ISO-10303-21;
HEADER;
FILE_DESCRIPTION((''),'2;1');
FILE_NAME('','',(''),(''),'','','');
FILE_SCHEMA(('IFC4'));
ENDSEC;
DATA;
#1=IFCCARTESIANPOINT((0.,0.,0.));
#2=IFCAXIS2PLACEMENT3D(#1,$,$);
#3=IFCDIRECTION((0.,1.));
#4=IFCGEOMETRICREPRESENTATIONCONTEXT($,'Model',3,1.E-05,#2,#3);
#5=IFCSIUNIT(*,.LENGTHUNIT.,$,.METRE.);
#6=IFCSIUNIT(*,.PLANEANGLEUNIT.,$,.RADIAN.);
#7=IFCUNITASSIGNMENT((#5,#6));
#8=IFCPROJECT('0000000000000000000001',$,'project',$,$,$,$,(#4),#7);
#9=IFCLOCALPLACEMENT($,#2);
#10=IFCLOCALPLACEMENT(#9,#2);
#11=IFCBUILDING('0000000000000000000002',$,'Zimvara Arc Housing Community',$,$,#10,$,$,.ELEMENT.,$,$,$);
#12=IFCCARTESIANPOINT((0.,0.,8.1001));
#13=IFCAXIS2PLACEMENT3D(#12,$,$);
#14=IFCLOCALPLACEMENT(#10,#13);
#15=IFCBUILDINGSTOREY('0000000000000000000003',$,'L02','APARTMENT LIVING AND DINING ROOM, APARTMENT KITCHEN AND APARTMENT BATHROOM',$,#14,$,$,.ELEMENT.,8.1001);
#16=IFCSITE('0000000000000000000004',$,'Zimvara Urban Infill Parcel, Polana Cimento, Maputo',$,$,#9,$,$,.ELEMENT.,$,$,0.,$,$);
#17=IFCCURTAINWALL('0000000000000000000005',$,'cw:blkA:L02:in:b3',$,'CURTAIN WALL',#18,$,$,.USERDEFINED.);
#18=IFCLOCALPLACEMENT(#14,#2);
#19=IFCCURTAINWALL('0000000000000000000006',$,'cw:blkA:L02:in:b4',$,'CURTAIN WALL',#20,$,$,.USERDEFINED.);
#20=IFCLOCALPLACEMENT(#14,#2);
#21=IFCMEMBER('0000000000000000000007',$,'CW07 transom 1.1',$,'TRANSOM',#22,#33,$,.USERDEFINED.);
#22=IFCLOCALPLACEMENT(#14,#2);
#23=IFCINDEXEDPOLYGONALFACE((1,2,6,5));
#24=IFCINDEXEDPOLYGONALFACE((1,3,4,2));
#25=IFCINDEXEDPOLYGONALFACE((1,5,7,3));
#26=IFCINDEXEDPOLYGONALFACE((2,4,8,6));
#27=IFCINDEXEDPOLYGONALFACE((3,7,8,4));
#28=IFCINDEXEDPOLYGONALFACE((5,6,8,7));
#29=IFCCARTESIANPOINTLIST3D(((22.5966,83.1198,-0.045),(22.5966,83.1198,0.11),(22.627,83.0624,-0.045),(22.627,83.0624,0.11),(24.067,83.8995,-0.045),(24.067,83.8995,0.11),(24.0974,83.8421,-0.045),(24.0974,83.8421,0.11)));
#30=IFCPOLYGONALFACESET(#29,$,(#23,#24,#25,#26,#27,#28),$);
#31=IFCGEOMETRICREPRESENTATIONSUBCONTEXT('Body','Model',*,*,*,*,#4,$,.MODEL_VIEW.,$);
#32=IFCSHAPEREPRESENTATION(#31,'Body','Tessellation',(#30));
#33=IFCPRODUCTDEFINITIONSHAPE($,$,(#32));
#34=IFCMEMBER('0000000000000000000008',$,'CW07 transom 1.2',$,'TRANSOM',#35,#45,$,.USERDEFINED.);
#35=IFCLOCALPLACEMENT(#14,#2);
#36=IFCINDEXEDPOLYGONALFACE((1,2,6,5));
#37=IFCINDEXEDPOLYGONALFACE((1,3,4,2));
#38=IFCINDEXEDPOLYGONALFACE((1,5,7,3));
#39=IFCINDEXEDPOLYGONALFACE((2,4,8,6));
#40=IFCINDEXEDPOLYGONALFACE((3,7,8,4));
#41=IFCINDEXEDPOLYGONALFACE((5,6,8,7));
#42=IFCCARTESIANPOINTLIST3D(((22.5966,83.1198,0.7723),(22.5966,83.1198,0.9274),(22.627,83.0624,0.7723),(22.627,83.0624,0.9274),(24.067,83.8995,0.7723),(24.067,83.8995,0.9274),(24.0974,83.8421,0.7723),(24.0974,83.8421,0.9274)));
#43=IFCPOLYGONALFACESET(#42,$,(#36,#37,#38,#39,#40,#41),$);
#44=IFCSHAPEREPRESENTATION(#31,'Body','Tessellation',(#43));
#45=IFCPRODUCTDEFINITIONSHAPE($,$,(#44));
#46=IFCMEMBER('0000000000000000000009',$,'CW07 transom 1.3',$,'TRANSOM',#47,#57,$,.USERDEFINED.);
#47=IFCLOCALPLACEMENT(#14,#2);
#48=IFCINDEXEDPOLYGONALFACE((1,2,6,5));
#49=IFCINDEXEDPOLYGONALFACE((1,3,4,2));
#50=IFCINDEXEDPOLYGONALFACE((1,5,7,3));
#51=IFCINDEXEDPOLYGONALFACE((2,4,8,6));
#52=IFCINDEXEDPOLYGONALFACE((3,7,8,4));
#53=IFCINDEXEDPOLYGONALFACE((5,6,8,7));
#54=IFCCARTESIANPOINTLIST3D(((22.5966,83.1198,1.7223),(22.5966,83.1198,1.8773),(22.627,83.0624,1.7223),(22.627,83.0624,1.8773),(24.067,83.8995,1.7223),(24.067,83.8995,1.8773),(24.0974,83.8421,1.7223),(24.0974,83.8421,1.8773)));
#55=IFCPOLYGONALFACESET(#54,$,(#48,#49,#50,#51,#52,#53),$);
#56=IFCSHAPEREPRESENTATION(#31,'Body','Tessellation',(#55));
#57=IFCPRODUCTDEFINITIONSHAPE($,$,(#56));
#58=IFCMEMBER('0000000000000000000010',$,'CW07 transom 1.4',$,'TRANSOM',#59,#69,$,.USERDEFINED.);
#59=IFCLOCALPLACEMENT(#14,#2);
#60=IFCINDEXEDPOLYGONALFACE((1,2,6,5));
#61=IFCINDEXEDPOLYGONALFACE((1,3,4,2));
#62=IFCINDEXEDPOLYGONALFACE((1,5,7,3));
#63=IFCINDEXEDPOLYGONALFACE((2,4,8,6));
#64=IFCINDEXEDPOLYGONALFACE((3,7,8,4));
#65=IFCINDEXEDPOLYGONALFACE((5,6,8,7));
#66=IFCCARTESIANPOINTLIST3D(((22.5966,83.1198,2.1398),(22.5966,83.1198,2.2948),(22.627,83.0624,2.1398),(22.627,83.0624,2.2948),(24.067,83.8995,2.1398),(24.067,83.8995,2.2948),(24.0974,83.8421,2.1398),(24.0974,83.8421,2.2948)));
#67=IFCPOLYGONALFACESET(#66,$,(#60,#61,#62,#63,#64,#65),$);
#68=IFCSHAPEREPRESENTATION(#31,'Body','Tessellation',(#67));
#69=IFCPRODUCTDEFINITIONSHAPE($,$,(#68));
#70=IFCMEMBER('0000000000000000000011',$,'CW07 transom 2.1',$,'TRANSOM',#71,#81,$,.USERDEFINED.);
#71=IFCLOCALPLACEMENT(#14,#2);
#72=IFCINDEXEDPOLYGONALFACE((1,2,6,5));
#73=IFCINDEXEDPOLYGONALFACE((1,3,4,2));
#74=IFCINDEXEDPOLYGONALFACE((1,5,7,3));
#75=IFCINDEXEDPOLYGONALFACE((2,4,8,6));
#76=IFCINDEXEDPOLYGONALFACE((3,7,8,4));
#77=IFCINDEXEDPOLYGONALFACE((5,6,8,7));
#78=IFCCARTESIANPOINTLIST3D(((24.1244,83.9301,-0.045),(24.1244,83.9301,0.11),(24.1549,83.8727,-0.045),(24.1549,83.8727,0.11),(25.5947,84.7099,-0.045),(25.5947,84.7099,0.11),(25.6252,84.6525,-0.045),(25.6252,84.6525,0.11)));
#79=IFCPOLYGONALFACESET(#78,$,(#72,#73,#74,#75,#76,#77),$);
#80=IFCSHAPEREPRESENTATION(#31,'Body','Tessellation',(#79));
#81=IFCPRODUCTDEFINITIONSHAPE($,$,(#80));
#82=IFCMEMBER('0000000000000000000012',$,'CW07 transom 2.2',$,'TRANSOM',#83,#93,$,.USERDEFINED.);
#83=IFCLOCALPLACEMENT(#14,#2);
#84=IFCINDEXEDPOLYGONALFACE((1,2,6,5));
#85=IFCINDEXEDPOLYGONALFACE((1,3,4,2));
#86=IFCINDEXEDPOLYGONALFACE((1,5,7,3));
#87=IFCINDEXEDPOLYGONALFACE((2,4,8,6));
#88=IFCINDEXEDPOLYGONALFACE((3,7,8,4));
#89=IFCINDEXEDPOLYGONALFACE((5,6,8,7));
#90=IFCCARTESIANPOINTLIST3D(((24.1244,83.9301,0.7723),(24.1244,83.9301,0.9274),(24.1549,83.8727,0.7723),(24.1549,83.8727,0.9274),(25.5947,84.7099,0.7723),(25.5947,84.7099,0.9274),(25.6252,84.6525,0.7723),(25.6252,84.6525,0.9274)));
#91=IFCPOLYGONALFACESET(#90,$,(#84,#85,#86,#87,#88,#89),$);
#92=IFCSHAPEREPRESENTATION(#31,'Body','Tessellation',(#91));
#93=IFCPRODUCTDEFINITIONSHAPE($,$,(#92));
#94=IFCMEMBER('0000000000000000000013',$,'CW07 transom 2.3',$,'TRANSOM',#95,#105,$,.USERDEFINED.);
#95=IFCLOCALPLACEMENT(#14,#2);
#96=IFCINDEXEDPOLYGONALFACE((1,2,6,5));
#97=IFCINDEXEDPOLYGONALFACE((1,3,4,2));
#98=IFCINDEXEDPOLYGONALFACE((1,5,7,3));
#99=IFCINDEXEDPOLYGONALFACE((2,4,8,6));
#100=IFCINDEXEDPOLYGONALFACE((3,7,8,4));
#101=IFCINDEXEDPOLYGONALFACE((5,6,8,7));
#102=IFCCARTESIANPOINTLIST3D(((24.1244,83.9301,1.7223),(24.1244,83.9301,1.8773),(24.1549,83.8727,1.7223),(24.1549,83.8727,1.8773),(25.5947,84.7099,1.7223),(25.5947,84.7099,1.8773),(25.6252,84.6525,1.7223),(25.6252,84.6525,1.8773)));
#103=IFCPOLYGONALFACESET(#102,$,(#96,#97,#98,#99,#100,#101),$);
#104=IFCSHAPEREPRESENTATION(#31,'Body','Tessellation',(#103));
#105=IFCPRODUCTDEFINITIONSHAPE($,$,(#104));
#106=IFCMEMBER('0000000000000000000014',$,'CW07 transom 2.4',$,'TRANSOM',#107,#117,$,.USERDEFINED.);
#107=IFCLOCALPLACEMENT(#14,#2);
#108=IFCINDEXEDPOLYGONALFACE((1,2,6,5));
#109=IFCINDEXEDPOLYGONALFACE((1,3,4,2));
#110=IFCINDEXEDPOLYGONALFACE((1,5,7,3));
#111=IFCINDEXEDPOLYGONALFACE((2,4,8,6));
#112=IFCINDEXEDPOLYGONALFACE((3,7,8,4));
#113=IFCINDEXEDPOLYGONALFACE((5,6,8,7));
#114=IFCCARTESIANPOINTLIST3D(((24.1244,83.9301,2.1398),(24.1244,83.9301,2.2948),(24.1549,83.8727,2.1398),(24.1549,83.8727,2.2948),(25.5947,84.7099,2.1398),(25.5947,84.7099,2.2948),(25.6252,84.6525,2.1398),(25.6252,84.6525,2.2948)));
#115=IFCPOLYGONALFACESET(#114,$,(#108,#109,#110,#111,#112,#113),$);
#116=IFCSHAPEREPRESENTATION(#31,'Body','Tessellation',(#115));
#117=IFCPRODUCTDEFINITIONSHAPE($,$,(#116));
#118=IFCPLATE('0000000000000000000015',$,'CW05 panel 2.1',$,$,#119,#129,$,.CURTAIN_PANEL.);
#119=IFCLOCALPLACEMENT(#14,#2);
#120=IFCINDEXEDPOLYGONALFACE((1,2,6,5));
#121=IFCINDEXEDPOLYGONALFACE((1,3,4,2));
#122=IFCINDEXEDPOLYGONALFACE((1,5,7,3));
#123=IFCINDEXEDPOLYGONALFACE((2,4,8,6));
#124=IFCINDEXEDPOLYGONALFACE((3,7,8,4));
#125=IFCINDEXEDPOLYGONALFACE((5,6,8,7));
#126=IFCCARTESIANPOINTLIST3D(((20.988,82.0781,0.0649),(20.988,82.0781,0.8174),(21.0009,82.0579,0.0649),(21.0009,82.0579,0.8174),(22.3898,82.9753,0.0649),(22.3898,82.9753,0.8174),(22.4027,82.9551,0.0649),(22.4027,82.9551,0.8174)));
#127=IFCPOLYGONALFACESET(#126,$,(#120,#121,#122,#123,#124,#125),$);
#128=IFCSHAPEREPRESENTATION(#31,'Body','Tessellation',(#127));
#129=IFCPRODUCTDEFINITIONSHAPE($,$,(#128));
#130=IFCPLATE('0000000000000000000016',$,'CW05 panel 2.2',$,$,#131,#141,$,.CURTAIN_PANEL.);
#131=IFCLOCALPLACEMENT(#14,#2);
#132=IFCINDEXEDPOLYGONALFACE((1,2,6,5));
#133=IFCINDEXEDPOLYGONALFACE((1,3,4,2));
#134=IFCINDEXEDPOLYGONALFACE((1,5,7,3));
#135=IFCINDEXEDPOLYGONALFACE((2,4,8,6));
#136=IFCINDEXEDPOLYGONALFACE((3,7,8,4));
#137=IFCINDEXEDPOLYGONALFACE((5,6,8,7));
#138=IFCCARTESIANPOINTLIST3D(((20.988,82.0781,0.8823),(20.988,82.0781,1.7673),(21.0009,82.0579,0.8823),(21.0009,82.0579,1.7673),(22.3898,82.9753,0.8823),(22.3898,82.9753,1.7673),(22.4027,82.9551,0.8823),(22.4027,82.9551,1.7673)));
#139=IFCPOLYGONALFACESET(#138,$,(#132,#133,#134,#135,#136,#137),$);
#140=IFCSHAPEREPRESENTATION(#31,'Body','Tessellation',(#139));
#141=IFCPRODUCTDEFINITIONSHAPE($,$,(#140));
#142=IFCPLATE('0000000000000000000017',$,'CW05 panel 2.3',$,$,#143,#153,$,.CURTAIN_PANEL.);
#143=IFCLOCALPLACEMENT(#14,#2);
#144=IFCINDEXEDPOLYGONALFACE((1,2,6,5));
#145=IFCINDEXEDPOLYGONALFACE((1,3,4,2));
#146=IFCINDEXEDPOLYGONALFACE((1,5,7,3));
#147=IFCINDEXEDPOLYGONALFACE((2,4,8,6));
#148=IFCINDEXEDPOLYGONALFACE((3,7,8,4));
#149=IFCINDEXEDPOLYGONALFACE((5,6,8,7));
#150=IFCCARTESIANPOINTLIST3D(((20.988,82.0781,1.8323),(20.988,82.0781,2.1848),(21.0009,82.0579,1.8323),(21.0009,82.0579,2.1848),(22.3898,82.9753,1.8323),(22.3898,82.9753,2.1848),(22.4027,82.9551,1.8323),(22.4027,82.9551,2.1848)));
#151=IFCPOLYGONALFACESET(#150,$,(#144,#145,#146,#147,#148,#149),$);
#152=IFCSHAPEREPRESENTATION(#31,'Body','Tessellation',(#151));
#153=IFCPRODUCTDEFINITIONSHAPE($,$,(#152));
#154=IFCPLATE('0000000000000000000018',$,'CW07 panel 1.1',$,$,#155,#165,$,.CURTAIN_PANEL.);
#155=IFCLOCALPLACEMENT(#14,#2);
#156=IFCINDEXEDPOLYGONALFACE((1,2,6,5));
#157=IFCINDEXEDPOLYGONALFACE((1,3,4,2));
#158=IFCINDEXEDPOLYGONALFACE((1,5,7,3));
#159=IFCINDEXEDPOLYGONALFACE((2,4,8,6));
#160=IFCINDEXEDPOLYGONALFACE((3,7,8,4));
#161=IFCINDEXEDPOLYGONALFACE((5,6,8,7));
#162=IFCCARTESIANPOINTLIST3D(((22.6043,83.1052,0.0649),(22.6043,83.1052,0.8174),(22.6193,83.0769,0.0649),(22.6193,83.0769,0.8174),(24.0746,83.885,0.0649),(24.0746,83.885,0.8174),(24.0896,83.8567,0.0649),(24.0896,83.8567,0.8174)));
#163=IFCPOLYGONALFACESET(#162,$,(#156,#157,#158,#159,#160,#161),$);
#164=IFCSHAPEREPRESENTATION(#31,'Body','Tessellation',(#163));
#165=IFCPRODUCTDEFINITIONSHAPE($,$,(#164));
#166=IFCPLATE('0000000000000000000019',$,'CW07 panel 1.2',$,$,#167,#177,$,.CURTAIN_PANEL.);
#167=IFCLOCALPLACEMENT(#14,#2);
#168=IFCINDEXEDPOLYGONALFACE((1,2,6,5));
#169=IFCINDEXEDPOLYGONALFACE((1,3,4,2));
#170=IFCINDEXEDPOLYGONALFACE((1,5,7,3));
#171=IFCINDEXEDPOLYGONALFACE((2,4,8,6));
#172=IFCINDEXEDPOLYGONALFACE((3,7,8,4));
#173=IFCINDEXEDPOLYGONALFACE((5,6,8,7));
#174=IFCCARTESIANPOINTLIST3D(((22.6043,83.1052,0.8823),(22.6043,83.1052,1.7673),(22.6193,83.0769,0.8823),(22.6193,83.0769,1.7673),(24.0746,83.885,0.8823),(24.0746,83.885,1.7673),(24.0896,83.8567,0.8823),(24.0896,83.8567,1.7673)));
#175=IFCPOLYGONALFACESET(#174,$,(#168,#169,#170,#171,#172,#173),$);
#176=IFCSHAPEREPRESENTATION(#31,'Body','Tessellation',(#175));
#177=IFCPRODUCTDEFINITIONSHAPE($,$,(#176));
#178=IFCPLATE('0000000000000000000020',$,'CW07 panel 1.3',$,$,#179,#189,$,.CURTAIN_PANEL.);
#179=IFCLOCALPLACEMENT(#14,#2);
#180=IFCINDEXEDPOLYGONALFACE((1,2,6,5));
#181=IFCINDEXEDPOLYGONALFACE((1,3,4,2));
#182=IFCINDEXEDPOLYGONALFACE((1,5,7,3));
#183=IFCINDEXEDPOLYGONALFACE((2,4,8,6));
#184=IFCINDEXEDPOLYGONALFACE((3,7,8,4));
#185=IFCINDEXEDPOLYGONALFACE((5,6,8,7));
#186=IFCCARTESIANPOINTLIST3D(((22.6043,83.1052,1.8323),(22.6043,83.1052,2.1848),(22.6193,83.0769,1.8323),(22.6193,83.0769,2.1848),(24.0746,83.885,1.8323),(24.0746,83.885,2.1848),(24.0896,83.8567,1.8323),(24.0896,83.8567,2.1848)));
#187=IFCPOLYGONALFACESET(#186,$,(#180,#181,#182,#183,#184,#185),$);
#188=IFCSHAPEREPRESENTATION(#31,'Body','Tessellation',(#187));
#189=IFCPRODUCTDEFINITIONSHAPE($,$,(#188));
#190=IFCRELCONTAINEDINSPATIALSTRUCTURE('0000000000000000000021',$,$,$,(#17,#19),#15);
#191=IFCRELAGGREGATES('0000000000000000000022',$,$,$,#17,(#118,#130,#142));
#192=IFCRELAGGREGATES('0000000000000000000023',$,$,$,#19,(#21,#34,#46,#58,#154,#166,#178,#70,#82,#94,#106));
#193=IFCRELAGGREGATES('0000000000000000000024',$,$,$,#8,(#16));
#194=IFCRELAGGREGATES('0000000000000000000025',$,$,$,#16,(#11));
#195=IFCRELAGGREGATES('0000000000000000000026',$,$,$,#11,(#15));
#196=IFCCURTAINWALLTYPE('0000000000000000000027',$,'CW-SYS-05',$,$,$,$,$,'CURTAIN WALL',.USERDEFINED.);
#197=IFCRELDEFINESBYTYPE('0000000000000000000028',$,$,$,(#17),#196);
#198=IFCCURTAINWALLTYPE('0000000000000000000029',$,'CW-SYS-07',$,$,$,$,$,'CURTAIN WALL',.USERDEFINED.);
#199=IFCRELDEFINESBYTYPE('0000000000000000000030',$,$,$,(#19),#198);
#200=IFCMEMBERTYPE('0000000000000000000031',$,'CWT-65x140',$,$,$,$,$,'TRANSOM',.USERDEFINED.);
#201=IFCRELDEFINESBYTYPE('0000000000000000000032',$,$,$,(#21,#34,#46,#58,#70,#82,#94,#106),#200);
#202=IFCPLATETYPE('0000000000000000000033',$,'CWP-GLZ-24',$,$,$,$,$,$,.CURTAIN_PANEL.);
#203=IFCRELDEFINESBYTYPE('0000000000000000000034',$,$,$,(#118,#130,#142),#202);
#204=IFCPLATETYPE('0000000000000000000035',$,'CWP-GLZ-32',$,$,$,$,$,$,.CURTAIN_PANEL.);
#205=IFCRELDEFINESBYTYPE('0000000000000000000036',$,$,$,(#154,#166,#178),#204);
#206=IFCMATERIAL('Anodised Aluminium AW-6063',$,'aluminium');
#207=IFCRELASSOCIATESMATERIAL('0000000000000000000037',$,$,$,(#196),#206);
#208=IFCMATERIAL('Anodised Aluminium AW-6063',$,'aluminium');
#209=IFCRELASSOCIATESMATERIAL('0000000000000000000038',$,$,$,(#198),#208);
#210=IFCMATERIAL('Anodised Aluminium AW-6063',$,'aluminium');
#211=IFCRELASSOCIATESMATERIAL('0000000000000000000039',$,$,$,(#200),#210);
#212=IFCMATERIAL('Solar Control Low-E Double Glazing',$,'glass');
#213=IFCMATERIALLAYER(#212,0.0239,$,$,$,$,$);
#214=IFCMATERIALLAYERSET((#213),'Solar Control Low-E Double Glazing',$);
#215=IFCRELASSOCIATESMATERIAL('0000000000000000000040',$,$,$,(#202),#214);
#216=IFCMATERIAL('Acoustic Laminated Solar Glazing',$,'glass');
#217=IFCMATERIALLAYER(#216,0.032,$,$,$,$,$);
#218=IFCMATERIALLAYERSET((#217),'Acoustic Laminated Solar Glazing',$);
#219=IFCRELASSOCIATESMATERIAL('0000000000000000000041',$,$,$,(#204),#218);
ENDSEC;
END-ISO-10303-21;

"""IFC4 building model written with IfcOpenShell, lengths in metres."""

from ifc_helpers import new_model, si_unit, direction, frame, origin, origin_2d, place, context, subcontext, project, spatial, rectangle, extrude, material, layer, layer_set, material_profile, profile_set, type_object, element, aggregate, save


model = new_model("IFC4")

# Units and contexts
model_context = context("Model", 3, precision=1e-05, world=origin(), true_north=direction((0.0, 1.0)))
body_context = subcontext(model_context, "Body", "Model", "MODEL_VIEW")
ifc_project = project(units=[si_unit("LENGTHUNIT", "METRE"), si_unit("PLANEANGLEUNIT", "RADIAN")], contexts=[model_context])

# Site, building, storey
site_placement = place(None, origin())
site = spatial("IfcSite", under=ifc_project, at=site_placement, Name="Zimvara Urban Infill Parcel, Polana Cimento, Maputo", CompositionType="ELEMENT", RefElevation=0.0)
building_placement = place(site_placement, origin())
building = spatial("IfcBuilding", under=site, at=building_placement, Name="Zimvara Arc Housing Community", CompositionType="ELEMENT")
storey_placement = place(building_placement, frame((0.0, 0.0, 8.1001)))
storey = spatial("IfcBuildingStorey", under=building, at=storey_placement, Name="L02", Description="APARTMENT LIVING AND DINING ROOM, APARTMENT KITCHEN AND APARTMENT BATHROOM", CompositionType="ELEMENT", Elevation=8.1001)

# Curtain wall
ifc_material_1 = material(Name="Anodised Aluminium AW-6063", Category="aluminium")
curtain_wall_type_1 = type_object("IfcCurtainWallType", Name="CW-SYS-05", ElementType="CURTAIN WALL", PredefinedType="USERDEFINED", material=ifc_material_1)
curtain_wall_1_placement = place(storey_placement, origin())
curtain_wall_1 = element("IfcCurtainWall", 1, at=curtain_wall_1_placement, inside=storey, type_object=curtain_wall_type_1, Name="cw:blkA:L02:in:b3", ObjectType="CURTAIN WALL", PredefinedType="USERDEFINED")

# Curtain wall
ifc_material_2 = material(Name="Anodised Aluminium AW-6063", Category="aluminium")
curtain_wall_type_2 = type_object("IfcCurtainWallType", Name="CW-SYS-07", ElementType="CURTAIN WALL", PredefinedType="USERDEFINED", material=ifc_material_2)
curtain_wall_2_placement = place(storey_placement, origin())
curtain_wall_2 = element("IfcCurtainWall", 2, at=curtain_wall_2_placement, inside=storey, type_object=curtain_wall_type_2, Name="cw:blkA:L02:in:b4", ObjectType="CURTAIN WALL", PredefinedType="USERDEFINED")

# Members
ifc_material_3 = material(Name="Anodised Aluminium AW-6063", Category="aluminium")
ifc_material_profile_1 = material_profile(ifc_material_3, rectangle(XDim=0.0649, YDim=0.155, at=origin_2d()), Name="ALU 65x155")
ifc_profile_set_1 = profile_set([ifc_material_profile_1], Name="Anodised Aluminium AW-6063")
member_type_1 = type_object("IfcMemberType", Name="CWT-65x140", ElementType="TRANSOM", PredefinedType="USERDEFINED", material=ifc_profile_set_1)
member_1_placement = place(storey_placement, frame((22.6118, 83.0911, 0.0325), z_axis=(0.883463, 0.468501, 0.0), x_axis=(-0.468501, 0.883463, 0.0)))
member_1 = element("IfcMember", 3, at=member_1_placement, type_object=member_type_1, Name="CW07 transom 1.1", ObjectType="TRANSOM", PredefinedType="USERDEFINED", context=body_context, shape_type="SweptSolid", body=[
    extrude(rectangle(XDim=0.0649, YDim=0.155, at=origin_2d()), origin(), (0.0, 0.0, 1.0), 1.6643),
])
member_2_placement = place(storey_placement, frame((22.6118, 83.0911, 0.8499), z_axis=(0.883463, 0.468501, 0.0), x_axis=(-0.468501, 0.883463, 0.0)))
member_2 = element("IfcMember", 4, at=member_2_placement, type_object=member_type_1, Name="CW07 transom 1.2", ObjectType="TRANSOM", PredefinedType="USERDEFINED", context=body_context, shape_type="SweptSolid", body=[
    extrude(rectangle(XDim=0.0649, YDim=0.155, at=origin_2d()), origin(), (0.0, 0.0, 1.0), 1.6643),
])
member_3_placement = place(storey_placement, frame((22.6118, 83.0911, 1.7998), z_axis=(0.883463, 0.468501, 0.0), x_axis=(-0.468501, 0.883463, 0.0)))
member_3 = element("IfcMember", 5, at=member_3_placement, type_object=member_type_1, Name="CW07 transom 1.3", ObjectType="TRANSOM", PredefinedType="USERDEFINED", context=body_context, shape_type="SweptSolid", body=[
    extrude(rectangle(XDim=0.0649, YDim=0.155, at=origin_2d()), origin(), (0.0, 0.0, 1.0), 1.6643),
])
member_4_placement = place(storey_placement, frame((22.6118, 83.0911, 2.2173), z_axis=(0.883463, 0.468501, 0.0), x_axis=(-0.468501, 0.883463, 0.0)))
member_4 = element("IfcMember", 6, at=member_4_placement, type_object=member_type_1, Name="CW07 transom 1.4", ObjectType="TRANSOM", PredefinedType="USERDEFINED", context=body_context, shape_type="SweptSolid", body=[
    extrude(rectangle(XDim=0.0649, YDim=0.155, at=origin_2d()), origin(), (0.0, 0.0, 1.0), 1.6643),
])
member_5_placement = place(storey_placement, frame((24.1396, 83.9014, 0.0325), z_axis=(0.883431, 0.468562, 0.0), x_axis=(-0.468562, 0.883431, 0.0)))
member_5 = element("IfcMember", 7, at=member_5_placement, type_object=member_type_1, Name="CW07 transom 2.1", ObjectType="TRANSOM", PredefinedType="USERDEFINED", context=body_context, shape_type="SweptSolid", body=[
    extrude(rectangle(XDim=0.0649, YDim=0.155, at=origin_2d()), origin(), (0.0, 0.0, 1.0), 1.6643),
])
member_6_placement = place(storey_placement, frame((24.1396, 83.9014, 0.8499), z_axis=(0.883431, 0.468562, 0.0), x_axis=(-0.468562, 0.883431, 0.0)))
member_6 = element("IfcMember", 8, at=member_6_placement, type_object=member_type_1, Name="CW07 transom 2.2", ObjectType="TRANSOM", PredefinedType="USERDEFINED", context=body_context, shape_type="SweptSolid", body=[
    extrude(rectangle(XDim=0.0649, YDim=0.155, at=origin_2d()), origin(), (0.0, 0.0, 1.0), 1.6643),
])
member_7_placement = place(storey_placement, frame((24.1396, 83.9014, 1.7998), z_axis=(0.883431, 0.468562, 0.0), x_axis=(-0.468562, 0.883431, 0.0)))
member_7 = element("IfcMember", 9, at=member_7_placement, type_object=member_type_1, Name="CW07 transom 2.3", ObjectType="TRANSOM", PredefinedType="USERDEFINED", context=body_context, shape_type="SweptSolid", body=[
    extrude(rectangle(XDim=0.0649, YDim=0.155, at=origin_2d()), origin(), (0.0, 0.0, 1.0), 1.6643),
])
member_8_placement = place(storey_placement, frame((24.1396, 83.9014, 2.2173), z_axis=(0.883431, 0.468562, 0.0), x_axis=(-0.468562, 0.883431, 0.0)))
member_8 = element("IfcMember", 10, at=member_8_placement, type_object=member_type_1, Name="CW07 transom 2.4", ObjectType="TRANSOM", PredefinedType="USERDEFINED", context=body_context, shape_type="SweptSolid", body=[
    extrude(rectangle(XDim=0.0649, YDim=0.155, at=origin_2d()), origin(), (0.0, 0.0, 1.0), 1.6643),
])

# Plates
ifc_material_4 = material(Name="Solar Control Low-E Double Glazing", Category="glass")
ifc_layer_1 = layer(ifc_material_4, 0.0239)
ifc_layer_set_1 = layer_set([ifc_layer_1], Name="Solar Control Low-E Double Glazing")
plate_type_1 = type_object("IfcPlateType", Name="CWP-GLZ-24", PredefinedType="CURTAIN_PANEL", material=ifc_layer_set_1)
plate_1_placement = place(storey_placement, frame((21.6953, 82.5166, 0.0649), z_axis=(0.0, 0.0, 1.0), x_axis=(0.842265, 0.539064, 0.0)))
plate_1 = element("IfcPlate", 11, at=plate_1_placement, type_object=plate_type_1, Name="CW05 panel 2.1", PredefinedType="CURTAIN_PANEL", context=body_context, shape_type="SweptSolid", body=[
    extrude(rectangle(XDim=1.6643, YDim=0.0239, at=origin_2d()), origin(), (0.0, 0.0, 1.0), 0.7524),
])
plate_2_placement = place(storey_placement, frame((21.6953, 82.5166, 0.8823), z_axis=(0.0, 0.0, 1.0), x_axis=(0.842265, 0.539064, 0.0)))
plate_2 = element("IfcPlate", 12, at=plate_2_placement, type_object=plate_type_1, Name="CW05 panel 2.2", PredefinedType="CURTAIN_PANEL", context=body_context, shape_type="SweptSolid", body=[
    extrude(rectangle(XDim=1.6643, YDim=0.0239, at=origin_2d()), origin(), (0.0, 0.0, 1.0), 0.885),
])
plate_3_placement = place(storey_placement, frame((21.6953, 82.5166, 1.8323), z_axis=(0.0, 0.0, 1.0), x_axis=(0.842265, 0.539064, 0.0)))
plate_3 = element("IfcPlate", 13, at=plate_3_placement, type_object=plate_type_1, Name="CW05 panel 2.3", PredefinedType="CURTAIN_PANEL", context=body_context, shape_type="SweptSolid", body=[
    extrude(rectangle(XDim=1.6643, YDim=0.0239, at=origin_2d()), origin(), (0.0, 0.0, 1.0), 0.3525),
])
aggregate(curtain_wall_1, [plate_1, plate_2, plate_3])
ifc_material_5 = material(Name="Acoustic Laminated Solar Glazing", Category="glass")
ifc_layer_2 = layer(ifc_material_5, 0.032)
ifc_layer_set_2 = layer_set([ifc_layer_2], Name="Acoustic Laminated Solar Glazing")
plate_type_2 = type_object("IfcPlateType", Name="CWP-GLZ-32", PredefinedType="CURTAIN_PANEL", material=ifc_layer_set_2)
plate_4_placement = place(storey_placement, frame((23.3469, 83.481, 0.0649), z_axis=(0.0, 0.0, 1.0), x_axis=(0.88344, 0.468545, 0.0)))
plate_4 = element("IfcPlate", 14, at=plate_4_placement, type_object=plate_type_2, Name="CW07 panel 1.1", PredefinedType="CURTAIN_PANEL", context=body_context, shape_type="SweptSolid", body=[
    extrude(rectangle(XDim=1.6643, YDim=0.032, at=origin_2d()), origin(), (0.0, 0.0, 1.0), 0.7524),
])
plate_5_placement = place(storey_placement, frame((23.3469, 83.481, 0.8823), z_axis=(0.0, 0.0, 1.0), x_axis=(0.88344, 0.468545, 0.0)))
plate_5 = element("IfcPlate", 15, at=plate_5_placement, type_object=plate_type_2, Name="CW07 panel 1.2", PredefinedType="CURTAIN_PANEL", context=body_context, shape_type="SweptSolid", body=[
    extrude(rectangle(XDim=1.6643, YDim=0.032, at=origin_2d()), origin(), (0.0, 0.0, 1.0), 0.885),
])
plate_6_placement = place(storey_placement, frame((23.3469, 83.481, 1.8323), z_axis=(0.0, 0.0, 1.0), x_axis=(0.88344, 0.468545, 0.0)))
plate_6 = element("IfcPlate", 16, at=plate_6_placement, type_object=plate_type_2, Name="CW07 panel 1.3", PredefinedType="CURTAIN_PANEL", context=body_context, shape_type="SweptSolid", body=[
    extrude(rectangle(XDim=1.6643, YDim=0.032, at=origin_2d()), origin(), (0.0, 0.0, 1.0), 0.3525),
])
aggregate(curtain_wall_2, [member_1, member_2, member_3, member_4, plate_4, plate_5, plate_6, member_5, member_6, member_7, member_8])

save(model, "model.ifc")
